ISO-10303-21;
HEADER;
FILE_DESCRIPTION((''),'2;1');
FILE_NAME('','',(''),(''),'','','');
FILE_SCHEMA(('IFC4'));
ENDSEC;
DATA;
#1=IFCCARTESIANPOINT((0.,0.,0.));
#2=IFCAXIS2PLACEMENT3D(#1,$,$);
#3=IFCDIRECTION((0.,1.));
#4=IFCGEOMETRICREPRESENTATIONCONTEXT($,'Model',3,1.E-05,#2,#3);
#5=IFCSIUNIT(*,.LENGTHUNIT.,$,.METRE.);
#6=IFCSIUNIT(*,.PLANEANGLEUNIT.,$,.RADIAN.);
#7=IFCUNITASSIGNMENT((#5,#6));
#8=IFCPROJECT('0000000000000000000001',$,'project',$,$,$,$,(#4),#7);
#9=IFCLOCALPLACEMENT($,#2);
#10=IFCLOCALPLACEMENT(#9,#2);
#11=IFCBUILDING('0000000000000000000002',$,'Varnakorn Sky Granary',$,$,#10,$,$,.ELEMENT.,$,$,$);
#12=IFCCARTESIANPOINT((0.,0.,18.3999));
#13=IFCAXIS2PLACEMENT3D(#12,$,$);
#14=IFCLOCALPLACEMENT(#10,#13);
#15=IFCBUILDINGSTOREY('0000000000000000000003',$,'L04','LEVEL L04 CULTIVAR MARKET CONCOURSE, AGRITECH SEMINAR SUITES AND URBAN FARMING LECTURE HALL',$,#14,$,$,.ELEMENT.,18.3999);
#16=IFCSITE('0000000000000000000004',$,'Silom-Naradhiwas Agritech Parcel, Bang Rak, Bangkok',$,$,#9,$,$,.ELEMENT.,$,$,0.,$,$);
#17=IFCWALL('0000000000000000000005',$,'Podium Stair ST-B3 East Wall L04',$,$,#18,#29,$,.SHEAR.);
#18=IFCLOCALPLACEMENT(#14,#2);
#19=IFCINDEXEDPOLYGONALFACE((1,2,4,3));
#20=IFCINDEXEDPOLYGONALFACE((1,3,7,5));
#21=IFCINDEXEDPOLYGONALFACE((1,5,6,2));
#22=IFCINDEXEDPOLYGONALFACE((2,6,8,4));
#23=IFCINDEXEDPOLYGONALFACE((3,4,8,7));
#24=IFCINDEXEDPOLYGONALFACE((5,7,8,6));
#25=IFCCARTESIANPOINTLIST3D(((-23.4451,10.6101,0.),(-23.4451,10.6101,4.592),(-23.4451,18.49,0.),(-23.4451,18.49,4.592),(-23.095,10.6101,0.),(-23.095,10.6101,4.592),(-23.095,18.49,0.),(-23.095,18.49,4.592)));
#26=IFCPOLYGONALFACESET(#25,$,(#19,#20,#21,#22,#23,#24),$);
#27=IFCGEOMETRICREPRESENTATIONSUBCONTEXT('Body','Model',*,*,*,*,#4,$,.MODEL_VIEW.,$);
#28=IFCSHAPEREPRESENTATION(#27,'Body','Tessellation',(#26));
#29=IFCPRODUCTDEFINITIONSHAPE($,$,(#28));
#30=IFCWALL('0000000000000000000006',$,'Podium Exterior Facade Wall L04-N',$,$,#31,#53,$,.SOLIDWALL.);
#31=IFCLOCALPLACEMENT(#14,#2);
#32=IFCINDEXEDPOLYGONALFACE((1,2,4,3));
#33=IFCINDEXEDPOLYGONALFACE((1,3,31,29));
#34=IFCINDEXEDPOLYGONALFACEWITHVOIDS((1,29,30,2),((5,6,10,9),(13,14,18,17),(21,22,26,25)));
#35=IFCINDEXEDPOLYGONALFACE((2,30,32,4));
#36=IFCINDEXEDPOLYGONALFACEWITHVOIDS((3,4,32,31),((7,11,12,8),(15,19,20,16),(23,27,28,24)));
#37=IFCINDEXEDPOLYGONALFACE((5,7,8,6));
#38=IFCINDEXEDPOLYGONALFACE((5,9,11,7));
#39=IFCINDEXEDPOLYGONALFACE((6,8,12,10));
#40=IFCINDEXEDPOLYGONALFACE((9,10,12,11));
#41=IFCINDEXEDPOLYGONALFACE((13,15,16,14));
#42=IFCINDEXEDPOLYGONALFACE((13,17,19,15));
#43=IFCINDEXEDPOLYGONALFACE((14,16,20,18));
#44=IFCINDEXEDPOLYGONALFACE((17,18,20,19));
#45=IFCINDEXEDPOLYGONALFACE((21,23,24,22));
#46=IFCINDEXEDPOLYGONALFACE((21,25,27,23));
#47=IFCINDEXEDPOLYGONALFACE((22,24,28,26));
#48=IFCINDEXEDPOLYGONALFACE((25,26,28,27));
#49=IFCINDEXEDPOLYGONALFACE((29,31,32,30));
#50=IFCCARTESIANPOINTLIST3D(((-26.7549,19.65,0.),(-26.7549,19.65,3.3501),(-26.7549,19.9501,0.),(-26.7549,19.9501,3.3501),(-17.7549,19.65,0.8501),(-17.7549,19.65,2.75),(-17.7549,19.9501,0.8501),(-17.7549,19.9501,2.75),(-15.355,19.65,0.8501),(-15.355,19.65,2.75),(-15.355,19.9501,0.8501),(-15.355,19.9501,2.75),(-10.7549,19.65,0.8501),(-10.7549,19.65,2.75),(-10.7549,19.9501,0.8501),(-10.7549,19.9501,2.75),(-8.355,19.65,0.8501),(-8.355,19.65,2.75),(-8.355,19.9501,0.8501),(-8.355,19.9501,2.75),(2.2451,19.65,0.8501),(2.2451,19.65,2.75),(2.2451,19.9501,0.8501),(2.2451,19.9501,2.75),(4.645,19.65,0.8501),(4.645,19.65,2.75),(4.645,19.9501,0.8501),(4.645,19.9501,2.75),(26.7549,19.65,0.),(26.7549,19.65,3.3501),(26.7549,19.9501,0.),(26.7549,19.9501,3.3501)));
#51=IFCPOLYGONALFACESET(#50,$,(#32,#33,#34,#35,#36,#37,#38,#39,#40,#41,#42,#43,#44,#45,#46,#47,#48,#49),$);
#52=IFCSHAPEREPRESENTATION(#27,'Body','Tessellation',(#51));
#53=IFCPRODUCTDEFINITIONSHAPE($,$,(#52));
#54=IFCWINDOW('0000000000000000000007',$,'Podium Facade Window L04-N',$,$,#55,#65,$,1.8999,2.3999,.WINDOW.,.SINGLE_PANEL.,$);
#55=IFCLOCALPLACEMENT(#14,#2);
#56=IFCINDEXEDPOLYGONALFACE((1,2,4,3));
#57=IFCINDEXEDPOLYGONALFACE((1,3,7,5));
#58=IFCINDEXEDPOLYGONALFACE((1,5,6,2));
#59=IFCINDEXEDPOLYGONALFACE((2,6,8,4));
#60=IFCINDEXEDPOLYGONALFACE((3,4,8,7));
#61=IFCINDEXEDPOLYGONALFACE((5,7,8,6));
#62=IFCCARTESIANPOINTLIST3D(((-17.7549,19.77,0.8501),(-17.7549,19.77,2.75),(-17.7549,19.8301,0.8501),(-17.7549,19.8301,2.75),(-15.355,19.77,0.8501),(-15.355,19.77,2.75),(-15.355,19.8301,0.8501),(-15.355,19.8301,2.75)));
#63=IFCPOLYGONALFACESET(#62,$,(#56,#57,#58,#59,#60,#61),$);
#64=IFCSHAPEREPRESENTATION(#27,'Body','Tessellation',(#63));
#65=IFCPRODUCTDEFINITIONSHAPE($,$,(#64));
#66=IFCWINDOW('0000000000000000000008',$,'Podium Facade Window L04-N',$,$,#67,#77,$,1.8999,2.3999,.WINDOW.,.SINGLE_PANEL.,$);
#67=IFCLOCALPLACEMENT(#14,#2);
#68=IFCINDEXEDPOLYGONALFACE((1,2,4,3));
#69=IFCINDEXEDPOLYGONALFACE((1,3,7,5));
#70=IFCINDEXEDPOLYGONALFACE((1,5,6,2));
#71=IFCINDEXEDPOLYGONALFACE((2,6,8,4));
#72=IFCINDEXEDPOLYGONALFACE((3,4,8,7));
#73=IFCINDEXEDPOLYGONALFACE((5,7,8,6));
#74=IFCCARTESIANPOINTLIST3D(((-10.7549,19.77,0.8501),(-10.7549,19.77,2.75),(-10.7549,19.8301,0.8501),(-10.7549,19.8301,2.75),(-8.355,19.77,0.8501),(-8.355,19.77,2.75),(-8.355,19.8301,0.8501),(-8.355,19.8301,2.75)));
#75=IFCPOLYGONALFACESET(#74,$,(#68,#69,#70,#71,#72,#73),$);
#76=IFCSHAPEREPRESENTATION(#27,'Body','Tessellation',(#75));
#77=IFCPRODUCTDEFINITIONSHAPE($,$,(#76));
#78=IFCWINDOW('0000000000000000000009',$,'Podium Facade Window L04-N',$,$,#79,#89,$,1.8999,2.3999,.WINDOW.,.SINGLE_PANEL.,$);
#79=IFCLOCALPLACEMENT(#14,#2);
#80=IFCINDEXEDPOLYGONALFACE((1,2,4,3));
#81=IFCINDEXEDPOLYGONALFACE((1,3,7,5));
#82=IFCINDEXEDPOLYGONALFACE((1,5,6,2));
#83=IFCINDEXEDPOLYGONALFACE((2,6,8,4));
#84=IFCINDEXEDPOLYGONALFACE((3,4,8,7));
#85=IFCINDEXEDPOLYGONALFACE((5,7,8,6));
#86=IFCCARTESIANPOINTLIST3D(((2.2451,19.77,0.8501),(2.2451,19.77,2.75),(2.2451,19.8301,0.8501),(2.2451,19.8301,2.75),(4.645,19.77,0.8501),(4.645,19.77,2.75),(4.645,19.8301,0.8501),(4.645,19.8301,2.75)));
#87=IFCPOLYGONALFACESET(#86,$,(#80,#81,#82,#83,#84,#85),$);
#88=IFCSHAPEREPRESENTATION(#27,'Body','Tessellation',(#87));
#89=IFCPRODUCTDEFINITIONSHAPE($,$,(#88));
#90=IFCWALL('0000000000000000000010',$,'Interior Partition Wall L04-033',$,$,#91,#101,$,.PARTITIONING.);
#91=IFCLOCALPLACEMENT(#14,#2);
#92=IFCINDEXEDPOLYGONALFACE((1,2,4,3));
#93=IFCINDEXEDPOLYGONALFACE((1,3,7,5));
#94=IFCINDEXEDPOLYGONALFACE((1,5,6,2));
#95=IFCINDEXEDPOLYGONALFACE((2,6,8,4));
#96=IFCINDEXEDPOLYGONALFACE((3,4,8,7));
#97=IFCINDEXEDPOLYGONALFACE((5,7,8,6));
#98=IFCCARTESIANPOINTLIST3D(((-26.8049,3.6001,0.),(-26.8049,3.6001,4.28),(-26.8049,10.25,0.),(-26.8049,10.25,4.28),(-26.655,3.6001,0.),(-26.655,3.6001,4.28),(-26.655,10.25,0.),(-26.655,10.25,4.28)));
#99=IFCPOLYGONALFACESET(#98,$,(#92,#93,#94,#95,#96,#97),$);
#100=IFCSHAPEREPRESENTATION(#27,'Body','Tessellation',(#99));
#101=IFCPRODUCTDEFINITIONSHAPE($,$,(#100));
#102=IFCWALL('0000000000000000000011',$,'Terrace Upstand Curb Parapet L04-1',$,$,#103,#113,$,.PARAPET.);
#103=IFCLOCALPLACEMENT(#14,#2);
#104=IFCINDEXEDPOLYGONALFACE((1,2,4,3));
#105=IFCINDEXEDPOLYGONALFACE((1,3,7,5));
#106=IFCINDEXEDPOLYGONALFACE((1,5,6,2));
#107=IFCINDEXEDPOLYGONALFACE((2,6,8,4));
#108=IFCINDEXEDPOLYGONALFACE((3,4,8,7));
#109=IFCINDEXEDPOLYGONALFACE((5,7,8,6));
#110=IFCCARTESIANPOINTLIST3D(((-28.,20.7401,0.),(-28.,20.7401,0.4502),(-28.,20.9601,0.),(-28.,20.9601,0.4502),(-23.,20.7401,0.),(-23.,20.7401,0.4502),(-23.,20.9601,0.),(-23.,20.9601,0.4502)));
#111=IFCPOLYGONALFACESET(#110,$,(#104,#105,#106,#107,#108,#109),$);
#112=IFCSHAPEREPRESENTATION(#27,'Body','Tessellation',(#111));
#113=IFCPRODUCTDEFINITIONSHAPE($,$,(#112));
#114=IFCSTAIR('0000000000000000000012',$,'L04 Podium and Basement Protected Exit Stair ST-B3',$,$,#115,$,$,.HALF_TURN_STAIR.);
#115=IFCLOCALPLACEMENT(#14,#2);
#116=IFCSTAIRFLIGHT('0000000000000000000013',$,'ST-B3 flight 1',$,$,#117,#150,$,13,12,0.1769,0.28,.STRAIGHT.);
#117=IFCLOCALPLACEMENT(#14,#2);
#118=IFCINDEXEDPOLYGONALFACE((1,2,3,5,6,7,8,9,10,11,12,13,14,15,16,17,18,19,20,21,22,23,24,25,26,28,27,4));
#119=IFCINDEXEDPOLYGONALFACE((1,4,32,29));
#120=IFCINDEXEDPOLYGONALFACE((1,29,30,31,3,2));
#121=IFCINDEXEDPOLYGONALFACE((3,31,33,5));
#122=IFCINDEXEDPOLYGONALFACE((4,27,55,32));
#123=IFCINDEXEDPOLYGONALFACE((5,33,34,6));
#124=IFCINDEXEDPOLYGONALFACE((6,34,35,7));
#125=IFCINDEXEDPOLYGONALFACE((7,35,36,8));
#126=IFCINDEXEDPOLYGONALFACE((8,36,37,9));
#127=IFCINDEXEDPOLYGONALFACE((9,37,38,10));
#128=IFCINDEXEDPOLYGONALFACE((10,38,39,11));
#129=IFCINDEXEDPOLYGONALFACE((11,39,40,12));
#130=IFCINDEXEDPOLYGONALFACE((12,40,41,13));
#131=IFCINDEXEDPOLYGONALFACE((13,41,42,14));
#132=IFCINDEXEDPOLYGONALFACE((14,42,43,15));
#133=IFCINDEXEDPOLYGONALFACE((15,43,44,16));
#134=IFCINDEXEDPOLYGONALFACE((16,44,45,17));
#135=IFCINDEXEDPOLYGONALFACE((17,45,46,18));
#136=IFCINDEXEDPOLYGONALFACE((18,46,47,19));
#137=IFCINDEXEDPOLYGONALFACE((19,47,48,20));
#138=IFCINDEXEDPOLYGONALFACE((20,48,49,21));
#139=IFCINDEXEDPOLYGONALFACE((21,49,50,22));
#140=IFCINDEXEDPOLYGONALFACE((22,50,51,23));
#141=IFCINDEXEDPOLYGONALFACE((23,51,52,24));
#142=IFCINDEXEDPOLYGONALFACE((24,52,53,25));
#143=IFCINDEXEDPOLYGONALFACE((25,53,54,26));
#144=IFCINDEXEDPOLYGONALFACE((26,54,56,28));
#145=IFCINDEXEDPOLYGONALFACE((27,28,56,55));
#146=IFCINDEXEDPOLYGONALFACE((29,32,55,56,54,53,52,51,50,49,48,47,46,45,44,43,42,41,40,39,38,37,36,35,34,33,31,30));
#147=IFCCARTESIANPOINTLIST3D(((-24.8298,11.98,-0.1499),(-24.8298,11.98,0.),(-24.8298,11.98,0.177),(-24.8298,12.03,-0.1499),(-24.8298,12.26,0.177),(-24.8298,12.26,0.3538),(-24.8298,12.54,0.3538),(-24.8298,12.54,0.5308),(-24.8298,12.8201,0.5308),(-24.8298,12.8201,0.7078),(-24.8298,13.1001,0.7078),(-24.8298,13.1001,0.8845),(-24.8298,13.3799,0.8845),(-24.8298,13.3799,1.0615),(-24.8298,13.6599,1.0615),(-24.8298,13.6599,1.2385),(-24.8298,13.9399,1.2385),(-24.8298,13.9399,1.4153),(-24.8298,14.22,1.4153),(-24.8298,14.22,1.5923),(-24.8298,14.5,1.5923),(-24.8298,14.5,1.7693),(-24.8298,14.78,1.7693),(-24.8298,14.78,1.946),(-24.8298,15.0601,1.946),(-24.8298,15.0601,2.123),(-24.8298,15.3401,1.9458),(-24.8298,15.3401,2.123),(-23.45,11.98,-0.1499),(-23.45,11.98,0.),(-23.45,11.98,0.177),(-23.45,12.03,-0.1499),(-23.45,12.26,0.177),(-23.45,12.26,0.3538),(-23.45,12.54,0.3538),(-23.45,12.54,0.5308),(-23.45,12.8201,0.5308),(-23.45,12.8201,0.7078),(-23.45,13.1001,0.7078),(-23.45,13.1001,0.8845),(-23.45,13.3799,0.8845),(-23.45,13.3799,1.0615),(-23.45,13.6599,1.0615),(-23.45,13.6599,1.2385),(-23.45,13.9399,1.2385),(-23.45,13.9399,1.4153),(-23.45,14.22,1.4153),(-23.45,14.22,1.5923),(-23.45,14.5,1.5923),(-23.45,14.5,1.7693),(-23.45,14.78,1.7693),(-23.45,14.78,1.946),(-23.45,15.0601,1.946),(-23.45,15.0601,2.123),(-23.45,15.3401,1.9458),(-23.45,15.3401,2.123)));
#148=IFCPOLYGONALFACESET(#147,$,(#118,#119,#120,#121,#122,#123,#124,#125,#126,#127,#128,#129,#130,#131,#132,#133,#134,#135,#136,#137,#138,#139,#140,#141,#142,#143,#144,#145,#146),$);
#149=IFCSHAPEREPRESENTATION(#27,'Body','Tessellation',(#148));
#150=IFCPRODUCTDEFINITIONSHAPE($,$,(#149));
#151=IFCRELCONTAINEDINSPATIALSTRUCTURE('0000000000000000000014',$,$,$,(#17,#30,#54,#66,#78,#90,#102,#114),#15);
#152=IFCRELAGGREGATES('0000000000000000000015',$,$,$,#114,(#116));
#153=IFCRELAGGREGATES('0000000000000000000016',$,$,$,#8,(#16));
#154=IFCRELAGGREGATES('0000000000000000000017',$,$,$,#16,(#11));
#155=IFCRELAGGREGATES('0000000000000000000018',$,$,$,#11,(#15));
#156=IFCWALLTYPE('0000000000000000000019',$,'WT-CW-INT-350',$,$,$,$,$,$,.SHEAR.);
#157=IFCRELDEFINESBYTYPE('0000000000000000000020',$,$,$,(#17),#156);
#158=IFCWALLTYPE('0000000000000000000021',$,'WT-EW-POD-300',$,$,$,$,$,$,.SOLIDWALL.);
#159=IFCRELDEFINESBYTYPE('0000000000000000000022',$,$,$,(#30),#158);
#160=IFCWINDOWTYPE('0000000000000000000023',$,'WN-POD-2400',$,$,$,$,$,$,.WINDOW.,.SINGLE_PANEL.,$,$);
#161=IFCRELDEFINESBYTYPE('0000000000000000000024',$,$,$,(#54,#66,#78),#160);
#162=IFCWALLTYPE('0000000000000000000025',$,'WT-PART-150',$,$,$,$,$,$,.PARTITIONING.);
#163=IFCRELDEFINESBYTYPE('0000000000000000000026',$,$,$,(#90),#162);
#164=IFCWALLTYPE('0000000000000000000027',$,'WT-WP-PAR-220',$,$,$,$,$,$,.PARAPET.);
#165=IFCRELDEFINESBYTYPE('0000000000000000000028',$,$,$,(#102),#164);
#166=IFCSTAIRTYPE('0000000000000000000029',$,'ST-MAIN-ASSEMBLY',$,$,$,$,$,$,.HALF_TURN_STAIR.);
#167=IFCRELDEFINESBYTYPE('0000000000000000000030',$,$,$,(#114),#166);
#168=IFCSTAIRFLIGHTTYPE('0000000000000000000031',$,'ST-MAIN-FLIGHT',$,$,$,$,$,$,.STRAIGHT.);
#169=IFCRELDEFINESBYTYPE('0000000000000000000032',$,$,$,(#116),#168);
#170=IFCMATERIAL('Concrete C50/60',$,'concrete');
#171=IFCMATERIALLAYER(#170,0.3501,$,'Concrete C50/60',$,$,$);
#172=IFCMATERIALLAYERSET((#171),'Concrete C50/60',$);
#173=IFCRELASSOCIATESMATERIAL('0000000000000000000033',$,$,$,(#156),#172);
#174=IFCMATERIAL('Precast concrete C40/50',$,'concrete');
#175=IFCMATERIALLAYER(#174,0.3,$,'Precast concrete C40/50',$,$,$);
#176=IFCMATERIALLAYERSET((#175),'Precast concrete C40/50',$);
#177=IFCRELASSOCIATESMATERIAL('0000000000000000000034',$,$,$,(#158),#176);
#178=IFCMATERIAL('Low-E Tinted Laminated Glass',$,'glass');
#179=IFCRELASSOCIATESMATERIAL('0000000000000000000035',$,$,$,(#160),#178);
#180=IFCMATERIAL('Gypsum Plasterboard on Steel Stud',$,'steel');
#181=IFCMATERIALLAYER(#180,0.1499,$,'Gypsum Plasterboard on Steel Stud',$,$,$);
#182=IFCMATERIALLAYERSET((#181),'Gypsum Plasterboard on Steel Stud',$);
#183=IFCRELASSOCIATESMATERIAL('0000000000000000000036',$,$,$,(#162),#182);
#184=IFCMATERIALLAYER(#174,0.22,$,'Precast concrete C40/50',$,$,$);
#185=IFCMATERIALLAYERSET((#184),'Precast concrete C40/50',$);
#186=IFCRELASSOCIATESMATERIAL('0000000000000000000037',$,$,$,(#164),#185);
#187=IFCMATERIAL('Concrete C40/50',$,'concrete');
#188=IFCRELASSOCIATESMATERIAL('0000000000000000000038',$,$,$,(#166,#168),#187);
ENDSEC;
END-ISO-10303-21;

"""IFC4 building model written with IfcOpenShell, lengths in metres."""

from ifc_helpers import new_model, si_unit, direction, frame, frame_2d, origin, place, context, subcontext, project, spatial, polyline, rectangle, outline, extrude, material, layer, layer_set, type_object, element, fill, aggregate, save


model = new_model("IFC4")

# Units and contexts
model_context = context("Model", 3, precision=1e-05, world=origin(), true_north=direction((0.0, 1.0)))
body_context = subcontext(model_context, "Body", "Model", "MODEL_VIEW")
ifc_project = project(units=[si_unit("LENGTHUNIT", "METRE"), si_unit("PLANEANGLEUNIT", "RADIAN")], contexts=[model_context])

# Site, building, storey
site_placement = place(None, origin())
site = spatial("IfcSite", under=ifc_project, at=site_placement, Name="Silom-Naradhiwas Agritech Parcel, Bang Rak, Bangkok", CompositionType="ELEMENT", RefElevation=0.0)
building_placement = place(site_placement, origin())
building = spatial("IfcBuilding", under=site, at=building_placement, Name="Varnakorn Sky Granary", CompositionType="ELEMENT")
storey_placement = place(building_placement, frame((0.0, 0.0, 18.3999)))
storey = spatial("IfcBuildingStorey", under=building, at=storey_placement, Name="L04", Description="LEVEL L04 CULTIVAR MARKET CONCOURSE, AGRITECH SEMINAR SUITES AND URBAN FARMING LECTURE HALL", CompositionType="ELEMENT", Elevation=18.3999)

# Shared definitions
ifc_material_1 = material(Name="Concrete C50/60", Category="concrete")
ifc_layer_1 = layer(ifc_material_1, 0.3501, Name="Concrete C50/60")
ifc_layer_set_1 = layer_set([ifc_layer_1], Name="Concrete C50/60")
wall_type_1 = type_object("IfcWallType", Name="WT-CW-INT-350", PredefinedType="SHEAR", material=ifc_layer_set_1)

# Wall
for number, where, z_axis, x_axis, name in (
    (1, (-23.27, 10.6101, 0.0), (0.0, 0.0, 1.0), (0.0, 1.0, 0.0), "Podium Stair ST-B3 East Wall L04"),
):
    element("IfcWall", number, at=place(storey_placement, frame(where, z_axis=z_axis, x_axis=x_axis)), inside=storey, type_object=wall_type_1, Name=name, PredefinedType="SHEAR", context=body_context, shape_type="SweptSolid", body=[
        extrude(rectangle(XDim=7.8799, YDim=0.3501, at=frame_2d((3.9399, 0.0))), origin(), (0.0, 0.0, 1.0), 4.592),
    ])

# Wall, openings, windows
ifc_material_2 = material(Name="Precast concrete C40/50", Category="concrete")
ifc_layer_2 = layer(ifc_material_2, 0.3, Name="Precast concrete C40/50")
ifc_layer_set_2 = layer_set([ifc_layer_2], Name="Precast concrete C40/50")
wall_type_2 = type_object("IfcWallType", Name="WT-EW-POD-300", PredefinedType="SOLIDWALL", material=ifc_layer_set_2)
wall_1_placement = place(storey_placement, frame((-26.7549, 19.8, 0.0), z_axis=(0.0, 0.0, 1.0), x_axis=(1.0, 0.0, 0.0)))
wall_1 = element("IfcWall", 2, at=wall_1_placement, inside=storey, type_object=wall_type_2, Name="Podium Exterior Facade Wall L04-N", PredefinedType="SOLIDWALL", context=body_context, shape_type="SweptSolid", body=[
    extrude(rectangle(XDim=53.5098, YDim=0.3, at=frame_2d((26.7549, 0.0))), origin(), (0.0, 0.0, 1.0), 3.3501),
])
opening_1_placement = place(wall_1_placement, frame((9.0, 0.0, 0.8501)))
opening_1 = element("IfcOpeningElement", 3, at=opening_1_placement, cuts=wall_1, PredefinedType="OPENING", context=body_context, shape_type="SweptSolid", body=[
    extrude(rectangle(XDim=2.3999, YDim=1.8999, at=frame_2d((1.2, 0.95))), frame((0.0, 0.1602, 0.0), z_axis=(0.0, -1.0, 0.0), x_axis=(1.0, 0.0, 0.0)), (0.0, 0.0, 1.0), 0.3201),
])
opening_2_placement = place(wall_1_placement, frame((16.0, 0.0, 0.8501)))
opening_2 = element("IfcOpeningElement", 4, at=opening_2_placement, cuts=wall_1, PredefinedType="OPENING", context=body_context, shape_type="SweptSolid", body=[
    extrude(rectangle(XDim=2.3999, YDim=1.8999, at=frame_2d((1.2, 0.95))), frame((0.0, 0.1602, 0.0), z_axis=(0.0, -1.0, 0.0), x_axis=(1.0, 0.0, 0.0)), (0.0, 0.0, 1.0), 0.3201),
])
opening_3_placement = place(wall_1_placement, frame((29.0, 0.0, 0.8501)))
opening_3 = element("IfcOpeningElement", 5, at=opening_3_placement, cuts=wall_1, PredefinedType="OPENING", context=body_context, shape_type="SweptSolid", body=[
    extrude(rectangle(XDim=2.3999, YDim=1.8999, at=frame_2d((1.2, 0.95))), frame((0.0, 0.1602, 0.0), z_axis=(0.0, -1.0, 0.0), x_axis=(1.0, 0.0, 0.0)), (0.0, 0.0, 1.0), 0.3201),
])
ifc_material_3 = material(Name="Low-E Tinted Laminated Glass", Category="glass")
window_type = type_object("IfcWindowType", Name="WN-POD-2400", PartitioningType="SINGLE_PANEL", PredefinedType="WINDOW", material=ifc_material_3)
window_1_placement = place(opening_1_placement, origin())
window_1 = element("IfcWindow", 6, at=window_1_placement, inside=storey, type_object=window_type, Name="Podium Facade Window L04-N", OverallHeight=1.8999, OverallWidth=2.3999, PartitioningType="SINGLE_PANEL", PredefinedType="WINDOW", context=body_context, shape_type="SweptSolid", body=[
    extrude(rectangle(XDim=2.3999, YDim=1.8999, at=frame_2d((1.2, 0.95))), frame((0.0, 0.03, 0.0), z_axis=(0.0, -1.0, 0.0), x_axis=(1.0, 0.0, 0.0)), (0.0, 0.0, 1.0), 0.0601),
])
fill(opening_1, window_1)
window_2_placement = place(opening_2_placement, origin())
window_2 = element("IfcWindow", 7, at=window_2_placement, inside=storey, type_object=window_type, Name="Podium Facade Window L04-N", OverallHeight=1.8999, OverallWidth=2.3999, PartitioningType="SINGLE_PANEL", PredefinedType="WINDOW", context=body_context, shape_type="SweptSolid", body=[
    extrude(rectangle(XDim=2.3999, YDim=1.8999, at=frame_2d((1.2, 0.95))), frame((0.0, 0.03, 0.0), z_axis=(0.0, -1.0, 0.0), x_axis=(1.0, 0.0, 0.0)), (0.0, 0.0, 1.0), 0.0601),
])
fill(opening_2, window_2)
window_3_placement = place(opening_3_placement, origin())
window_3 = element("IfcWindow", 8, at=window_3_placement, inside=storey, type_object=window_type, Name="Podium Facade Window L04-N", OverallHeight=1.8999, OverallWidth=2.3999, PartitioningType="SINGLE_PANEL", PredefinedType="WINDOW", context=body_context, shape_type="SweptSolid", body=[
    extrude(rectangle(XDim=2.3999, YDim=1.8999, at=frame_2d((1.2, 0.95))), frame((0.0, 0.03, 0.0), z_axis=(0.0, -1.0, 0.0), x_axis=(1.0, 0.0, 0.0)), (0.0, 0.0, 1.0), 0.0601),
])
fill(opening_3, window_3)

# Walls
ifc_material_4 = material(Name="Gypsum Plasterboard on Steel Stud", Category="steel")
ifc_layer_3 = layer(ifc_material_4, 0.1499, Name="Gypsum Plasterboard on Steel Stud")
ifc_layer_set_3 = layer_set([ifc_layer_3], Name="Gypsum Plasterboard on Steel Stud")
wall_type_3 = type_object("IfcWallType", Name="WT-PART-150", PredefinedType="PARTITIONING", material=ifc_layer_set_3)
wall_2_placement = place(storey_placement, frame((-26.73, 10.25, 0.0), z_axis=(0.0, 0.0, 1.0), x_axis=(0.0, -1.0, 0.0)))
element("IfcWall", 9, at=wall_2_placement, inside=storey, type_object=wall_type_3, Name="Interior Partition Wall L04-033", PredefinedType="PARTITIONING", context=body_context, shape_type="SweptSolid", body=[
    extrude(rectangle(XDim=6.6499, YDim=0.1499, at=frame_2d((3.325, 0.0))), origin(), (0.0, 0.0, 1.0), 4.28),
])
ifc_layer_4 = layer(ifc_material_2, 0.22, Name="Precast concrete C40/50")
ifc_layer_set_4 = layer_set([ifc_layer_4], Name="Precast concrete C40/50")
wall_type_4 = type_object("IfcWallType", Name="WT-WP-PAR-220", PredefinedType="PARAPET", material=ifc_layer_set_4)
wall_3_placement = place(storey_placement, frame((-28.0, 20.8501, 0.0), z_axis=(0.0, 0.0, 1.0), x_axis=(1.0, 0.0, 0.0)))
element("IfcWall", 10, at=wall_3_placement, inside=storey, type_object=wall_type_4, Name="Terrace Upstand Curb Parapet L04-1", PredefinedType="PARAPET", context=body_context, shape_type="SweptSolid", body=[
    extrude(rectangle(XDim=5.0, YDim=0.22, at=frame_2d((2.5, 0.0))), origin(), (0.0, 0.0, 1.0), 0.4502),
])

# Stair, stair flight
ifc_material_5 = material(Name="Concrete C40/50", Category="concrete")
stair_type = type_object("IfcStairType", Name="ST-MAIN-ASSEMBLY", PredefinedType="HALF_TURN_STAIR", material=ifc_material_5)
stair_placement = place(storey_placement, origin())
stair = element("IfcStair", 11, at=stair_placement, inside=storey, type_object=stair_type, Name="L04 Podium and Basement Protected Exit Stair ST-B3", PredefinedType="HALF_TURN_STAIR")
stair_flight_type = type_object("IfcStairFlightType", Name="ST-MAIN-FLIGHT", PredefinedType="STRAIGHT", material=ifc_material_5)
stair_flight_1_placement = place(storey_placement, frame((-24.1399, 11.98, 0.0), z_axis=(0.0, 0.0, 1.0), x_axis=(0.0, 1.0, 0.0)))
stair_flight_1 = element("IfcStairFlight", 12, at=stair_flight_1_placement, type_object=stair_flight_type, Name="ST-B3 flight 1", NumberOfRisers=13, NumberOfTreads=12, PredefinedType="STRAIGHT", RiserHeight=0.1769, TreadLength=0.28, context=body_context, shape_type="SweptSolid", body=[
    extrude(outline(polyline([(0.0, -0.1499), (0.0, 0.0), (0.0, 0.177), (0.28, 0.177), (0.28, 0.3538), (0.5601, 0.3538), (0.5601, 0.5308), (0.8401, 0.5308), (0.8401, 0.7078), (1.1201, 0.7078), (1.1201, 0.8845), (1.3999, 0.8845), (1.3999, 1.0615), (1.6799, 1.0615), (1.6799, 1.2385), (1.96, 1.2385), (1.96, 1.4153), (2.24, 1.4153), (2.24, 1.5923), (2.52, 1.5923), (2.52, 1.7693), (2.8, 1.7693), (2.8, 1.946), (3.0801, 1.946), (3.0801, 2.123), (3.3601, 2.123), (3.3601, 2.3), (3.3601, 1.9458), (0.05, -0.1499), (0.0, -0.1499)])), frame((0.0, 0.6899, 0.0), z_axis=(0.0, -1.0, 0.0), x_axis=(1.0, 0.0, 0.0)), (0.0, 0.0, 1.0), 1.3799),
])
aggregate(stair, [stair_flight_1])

save(model, "model.ifc")
